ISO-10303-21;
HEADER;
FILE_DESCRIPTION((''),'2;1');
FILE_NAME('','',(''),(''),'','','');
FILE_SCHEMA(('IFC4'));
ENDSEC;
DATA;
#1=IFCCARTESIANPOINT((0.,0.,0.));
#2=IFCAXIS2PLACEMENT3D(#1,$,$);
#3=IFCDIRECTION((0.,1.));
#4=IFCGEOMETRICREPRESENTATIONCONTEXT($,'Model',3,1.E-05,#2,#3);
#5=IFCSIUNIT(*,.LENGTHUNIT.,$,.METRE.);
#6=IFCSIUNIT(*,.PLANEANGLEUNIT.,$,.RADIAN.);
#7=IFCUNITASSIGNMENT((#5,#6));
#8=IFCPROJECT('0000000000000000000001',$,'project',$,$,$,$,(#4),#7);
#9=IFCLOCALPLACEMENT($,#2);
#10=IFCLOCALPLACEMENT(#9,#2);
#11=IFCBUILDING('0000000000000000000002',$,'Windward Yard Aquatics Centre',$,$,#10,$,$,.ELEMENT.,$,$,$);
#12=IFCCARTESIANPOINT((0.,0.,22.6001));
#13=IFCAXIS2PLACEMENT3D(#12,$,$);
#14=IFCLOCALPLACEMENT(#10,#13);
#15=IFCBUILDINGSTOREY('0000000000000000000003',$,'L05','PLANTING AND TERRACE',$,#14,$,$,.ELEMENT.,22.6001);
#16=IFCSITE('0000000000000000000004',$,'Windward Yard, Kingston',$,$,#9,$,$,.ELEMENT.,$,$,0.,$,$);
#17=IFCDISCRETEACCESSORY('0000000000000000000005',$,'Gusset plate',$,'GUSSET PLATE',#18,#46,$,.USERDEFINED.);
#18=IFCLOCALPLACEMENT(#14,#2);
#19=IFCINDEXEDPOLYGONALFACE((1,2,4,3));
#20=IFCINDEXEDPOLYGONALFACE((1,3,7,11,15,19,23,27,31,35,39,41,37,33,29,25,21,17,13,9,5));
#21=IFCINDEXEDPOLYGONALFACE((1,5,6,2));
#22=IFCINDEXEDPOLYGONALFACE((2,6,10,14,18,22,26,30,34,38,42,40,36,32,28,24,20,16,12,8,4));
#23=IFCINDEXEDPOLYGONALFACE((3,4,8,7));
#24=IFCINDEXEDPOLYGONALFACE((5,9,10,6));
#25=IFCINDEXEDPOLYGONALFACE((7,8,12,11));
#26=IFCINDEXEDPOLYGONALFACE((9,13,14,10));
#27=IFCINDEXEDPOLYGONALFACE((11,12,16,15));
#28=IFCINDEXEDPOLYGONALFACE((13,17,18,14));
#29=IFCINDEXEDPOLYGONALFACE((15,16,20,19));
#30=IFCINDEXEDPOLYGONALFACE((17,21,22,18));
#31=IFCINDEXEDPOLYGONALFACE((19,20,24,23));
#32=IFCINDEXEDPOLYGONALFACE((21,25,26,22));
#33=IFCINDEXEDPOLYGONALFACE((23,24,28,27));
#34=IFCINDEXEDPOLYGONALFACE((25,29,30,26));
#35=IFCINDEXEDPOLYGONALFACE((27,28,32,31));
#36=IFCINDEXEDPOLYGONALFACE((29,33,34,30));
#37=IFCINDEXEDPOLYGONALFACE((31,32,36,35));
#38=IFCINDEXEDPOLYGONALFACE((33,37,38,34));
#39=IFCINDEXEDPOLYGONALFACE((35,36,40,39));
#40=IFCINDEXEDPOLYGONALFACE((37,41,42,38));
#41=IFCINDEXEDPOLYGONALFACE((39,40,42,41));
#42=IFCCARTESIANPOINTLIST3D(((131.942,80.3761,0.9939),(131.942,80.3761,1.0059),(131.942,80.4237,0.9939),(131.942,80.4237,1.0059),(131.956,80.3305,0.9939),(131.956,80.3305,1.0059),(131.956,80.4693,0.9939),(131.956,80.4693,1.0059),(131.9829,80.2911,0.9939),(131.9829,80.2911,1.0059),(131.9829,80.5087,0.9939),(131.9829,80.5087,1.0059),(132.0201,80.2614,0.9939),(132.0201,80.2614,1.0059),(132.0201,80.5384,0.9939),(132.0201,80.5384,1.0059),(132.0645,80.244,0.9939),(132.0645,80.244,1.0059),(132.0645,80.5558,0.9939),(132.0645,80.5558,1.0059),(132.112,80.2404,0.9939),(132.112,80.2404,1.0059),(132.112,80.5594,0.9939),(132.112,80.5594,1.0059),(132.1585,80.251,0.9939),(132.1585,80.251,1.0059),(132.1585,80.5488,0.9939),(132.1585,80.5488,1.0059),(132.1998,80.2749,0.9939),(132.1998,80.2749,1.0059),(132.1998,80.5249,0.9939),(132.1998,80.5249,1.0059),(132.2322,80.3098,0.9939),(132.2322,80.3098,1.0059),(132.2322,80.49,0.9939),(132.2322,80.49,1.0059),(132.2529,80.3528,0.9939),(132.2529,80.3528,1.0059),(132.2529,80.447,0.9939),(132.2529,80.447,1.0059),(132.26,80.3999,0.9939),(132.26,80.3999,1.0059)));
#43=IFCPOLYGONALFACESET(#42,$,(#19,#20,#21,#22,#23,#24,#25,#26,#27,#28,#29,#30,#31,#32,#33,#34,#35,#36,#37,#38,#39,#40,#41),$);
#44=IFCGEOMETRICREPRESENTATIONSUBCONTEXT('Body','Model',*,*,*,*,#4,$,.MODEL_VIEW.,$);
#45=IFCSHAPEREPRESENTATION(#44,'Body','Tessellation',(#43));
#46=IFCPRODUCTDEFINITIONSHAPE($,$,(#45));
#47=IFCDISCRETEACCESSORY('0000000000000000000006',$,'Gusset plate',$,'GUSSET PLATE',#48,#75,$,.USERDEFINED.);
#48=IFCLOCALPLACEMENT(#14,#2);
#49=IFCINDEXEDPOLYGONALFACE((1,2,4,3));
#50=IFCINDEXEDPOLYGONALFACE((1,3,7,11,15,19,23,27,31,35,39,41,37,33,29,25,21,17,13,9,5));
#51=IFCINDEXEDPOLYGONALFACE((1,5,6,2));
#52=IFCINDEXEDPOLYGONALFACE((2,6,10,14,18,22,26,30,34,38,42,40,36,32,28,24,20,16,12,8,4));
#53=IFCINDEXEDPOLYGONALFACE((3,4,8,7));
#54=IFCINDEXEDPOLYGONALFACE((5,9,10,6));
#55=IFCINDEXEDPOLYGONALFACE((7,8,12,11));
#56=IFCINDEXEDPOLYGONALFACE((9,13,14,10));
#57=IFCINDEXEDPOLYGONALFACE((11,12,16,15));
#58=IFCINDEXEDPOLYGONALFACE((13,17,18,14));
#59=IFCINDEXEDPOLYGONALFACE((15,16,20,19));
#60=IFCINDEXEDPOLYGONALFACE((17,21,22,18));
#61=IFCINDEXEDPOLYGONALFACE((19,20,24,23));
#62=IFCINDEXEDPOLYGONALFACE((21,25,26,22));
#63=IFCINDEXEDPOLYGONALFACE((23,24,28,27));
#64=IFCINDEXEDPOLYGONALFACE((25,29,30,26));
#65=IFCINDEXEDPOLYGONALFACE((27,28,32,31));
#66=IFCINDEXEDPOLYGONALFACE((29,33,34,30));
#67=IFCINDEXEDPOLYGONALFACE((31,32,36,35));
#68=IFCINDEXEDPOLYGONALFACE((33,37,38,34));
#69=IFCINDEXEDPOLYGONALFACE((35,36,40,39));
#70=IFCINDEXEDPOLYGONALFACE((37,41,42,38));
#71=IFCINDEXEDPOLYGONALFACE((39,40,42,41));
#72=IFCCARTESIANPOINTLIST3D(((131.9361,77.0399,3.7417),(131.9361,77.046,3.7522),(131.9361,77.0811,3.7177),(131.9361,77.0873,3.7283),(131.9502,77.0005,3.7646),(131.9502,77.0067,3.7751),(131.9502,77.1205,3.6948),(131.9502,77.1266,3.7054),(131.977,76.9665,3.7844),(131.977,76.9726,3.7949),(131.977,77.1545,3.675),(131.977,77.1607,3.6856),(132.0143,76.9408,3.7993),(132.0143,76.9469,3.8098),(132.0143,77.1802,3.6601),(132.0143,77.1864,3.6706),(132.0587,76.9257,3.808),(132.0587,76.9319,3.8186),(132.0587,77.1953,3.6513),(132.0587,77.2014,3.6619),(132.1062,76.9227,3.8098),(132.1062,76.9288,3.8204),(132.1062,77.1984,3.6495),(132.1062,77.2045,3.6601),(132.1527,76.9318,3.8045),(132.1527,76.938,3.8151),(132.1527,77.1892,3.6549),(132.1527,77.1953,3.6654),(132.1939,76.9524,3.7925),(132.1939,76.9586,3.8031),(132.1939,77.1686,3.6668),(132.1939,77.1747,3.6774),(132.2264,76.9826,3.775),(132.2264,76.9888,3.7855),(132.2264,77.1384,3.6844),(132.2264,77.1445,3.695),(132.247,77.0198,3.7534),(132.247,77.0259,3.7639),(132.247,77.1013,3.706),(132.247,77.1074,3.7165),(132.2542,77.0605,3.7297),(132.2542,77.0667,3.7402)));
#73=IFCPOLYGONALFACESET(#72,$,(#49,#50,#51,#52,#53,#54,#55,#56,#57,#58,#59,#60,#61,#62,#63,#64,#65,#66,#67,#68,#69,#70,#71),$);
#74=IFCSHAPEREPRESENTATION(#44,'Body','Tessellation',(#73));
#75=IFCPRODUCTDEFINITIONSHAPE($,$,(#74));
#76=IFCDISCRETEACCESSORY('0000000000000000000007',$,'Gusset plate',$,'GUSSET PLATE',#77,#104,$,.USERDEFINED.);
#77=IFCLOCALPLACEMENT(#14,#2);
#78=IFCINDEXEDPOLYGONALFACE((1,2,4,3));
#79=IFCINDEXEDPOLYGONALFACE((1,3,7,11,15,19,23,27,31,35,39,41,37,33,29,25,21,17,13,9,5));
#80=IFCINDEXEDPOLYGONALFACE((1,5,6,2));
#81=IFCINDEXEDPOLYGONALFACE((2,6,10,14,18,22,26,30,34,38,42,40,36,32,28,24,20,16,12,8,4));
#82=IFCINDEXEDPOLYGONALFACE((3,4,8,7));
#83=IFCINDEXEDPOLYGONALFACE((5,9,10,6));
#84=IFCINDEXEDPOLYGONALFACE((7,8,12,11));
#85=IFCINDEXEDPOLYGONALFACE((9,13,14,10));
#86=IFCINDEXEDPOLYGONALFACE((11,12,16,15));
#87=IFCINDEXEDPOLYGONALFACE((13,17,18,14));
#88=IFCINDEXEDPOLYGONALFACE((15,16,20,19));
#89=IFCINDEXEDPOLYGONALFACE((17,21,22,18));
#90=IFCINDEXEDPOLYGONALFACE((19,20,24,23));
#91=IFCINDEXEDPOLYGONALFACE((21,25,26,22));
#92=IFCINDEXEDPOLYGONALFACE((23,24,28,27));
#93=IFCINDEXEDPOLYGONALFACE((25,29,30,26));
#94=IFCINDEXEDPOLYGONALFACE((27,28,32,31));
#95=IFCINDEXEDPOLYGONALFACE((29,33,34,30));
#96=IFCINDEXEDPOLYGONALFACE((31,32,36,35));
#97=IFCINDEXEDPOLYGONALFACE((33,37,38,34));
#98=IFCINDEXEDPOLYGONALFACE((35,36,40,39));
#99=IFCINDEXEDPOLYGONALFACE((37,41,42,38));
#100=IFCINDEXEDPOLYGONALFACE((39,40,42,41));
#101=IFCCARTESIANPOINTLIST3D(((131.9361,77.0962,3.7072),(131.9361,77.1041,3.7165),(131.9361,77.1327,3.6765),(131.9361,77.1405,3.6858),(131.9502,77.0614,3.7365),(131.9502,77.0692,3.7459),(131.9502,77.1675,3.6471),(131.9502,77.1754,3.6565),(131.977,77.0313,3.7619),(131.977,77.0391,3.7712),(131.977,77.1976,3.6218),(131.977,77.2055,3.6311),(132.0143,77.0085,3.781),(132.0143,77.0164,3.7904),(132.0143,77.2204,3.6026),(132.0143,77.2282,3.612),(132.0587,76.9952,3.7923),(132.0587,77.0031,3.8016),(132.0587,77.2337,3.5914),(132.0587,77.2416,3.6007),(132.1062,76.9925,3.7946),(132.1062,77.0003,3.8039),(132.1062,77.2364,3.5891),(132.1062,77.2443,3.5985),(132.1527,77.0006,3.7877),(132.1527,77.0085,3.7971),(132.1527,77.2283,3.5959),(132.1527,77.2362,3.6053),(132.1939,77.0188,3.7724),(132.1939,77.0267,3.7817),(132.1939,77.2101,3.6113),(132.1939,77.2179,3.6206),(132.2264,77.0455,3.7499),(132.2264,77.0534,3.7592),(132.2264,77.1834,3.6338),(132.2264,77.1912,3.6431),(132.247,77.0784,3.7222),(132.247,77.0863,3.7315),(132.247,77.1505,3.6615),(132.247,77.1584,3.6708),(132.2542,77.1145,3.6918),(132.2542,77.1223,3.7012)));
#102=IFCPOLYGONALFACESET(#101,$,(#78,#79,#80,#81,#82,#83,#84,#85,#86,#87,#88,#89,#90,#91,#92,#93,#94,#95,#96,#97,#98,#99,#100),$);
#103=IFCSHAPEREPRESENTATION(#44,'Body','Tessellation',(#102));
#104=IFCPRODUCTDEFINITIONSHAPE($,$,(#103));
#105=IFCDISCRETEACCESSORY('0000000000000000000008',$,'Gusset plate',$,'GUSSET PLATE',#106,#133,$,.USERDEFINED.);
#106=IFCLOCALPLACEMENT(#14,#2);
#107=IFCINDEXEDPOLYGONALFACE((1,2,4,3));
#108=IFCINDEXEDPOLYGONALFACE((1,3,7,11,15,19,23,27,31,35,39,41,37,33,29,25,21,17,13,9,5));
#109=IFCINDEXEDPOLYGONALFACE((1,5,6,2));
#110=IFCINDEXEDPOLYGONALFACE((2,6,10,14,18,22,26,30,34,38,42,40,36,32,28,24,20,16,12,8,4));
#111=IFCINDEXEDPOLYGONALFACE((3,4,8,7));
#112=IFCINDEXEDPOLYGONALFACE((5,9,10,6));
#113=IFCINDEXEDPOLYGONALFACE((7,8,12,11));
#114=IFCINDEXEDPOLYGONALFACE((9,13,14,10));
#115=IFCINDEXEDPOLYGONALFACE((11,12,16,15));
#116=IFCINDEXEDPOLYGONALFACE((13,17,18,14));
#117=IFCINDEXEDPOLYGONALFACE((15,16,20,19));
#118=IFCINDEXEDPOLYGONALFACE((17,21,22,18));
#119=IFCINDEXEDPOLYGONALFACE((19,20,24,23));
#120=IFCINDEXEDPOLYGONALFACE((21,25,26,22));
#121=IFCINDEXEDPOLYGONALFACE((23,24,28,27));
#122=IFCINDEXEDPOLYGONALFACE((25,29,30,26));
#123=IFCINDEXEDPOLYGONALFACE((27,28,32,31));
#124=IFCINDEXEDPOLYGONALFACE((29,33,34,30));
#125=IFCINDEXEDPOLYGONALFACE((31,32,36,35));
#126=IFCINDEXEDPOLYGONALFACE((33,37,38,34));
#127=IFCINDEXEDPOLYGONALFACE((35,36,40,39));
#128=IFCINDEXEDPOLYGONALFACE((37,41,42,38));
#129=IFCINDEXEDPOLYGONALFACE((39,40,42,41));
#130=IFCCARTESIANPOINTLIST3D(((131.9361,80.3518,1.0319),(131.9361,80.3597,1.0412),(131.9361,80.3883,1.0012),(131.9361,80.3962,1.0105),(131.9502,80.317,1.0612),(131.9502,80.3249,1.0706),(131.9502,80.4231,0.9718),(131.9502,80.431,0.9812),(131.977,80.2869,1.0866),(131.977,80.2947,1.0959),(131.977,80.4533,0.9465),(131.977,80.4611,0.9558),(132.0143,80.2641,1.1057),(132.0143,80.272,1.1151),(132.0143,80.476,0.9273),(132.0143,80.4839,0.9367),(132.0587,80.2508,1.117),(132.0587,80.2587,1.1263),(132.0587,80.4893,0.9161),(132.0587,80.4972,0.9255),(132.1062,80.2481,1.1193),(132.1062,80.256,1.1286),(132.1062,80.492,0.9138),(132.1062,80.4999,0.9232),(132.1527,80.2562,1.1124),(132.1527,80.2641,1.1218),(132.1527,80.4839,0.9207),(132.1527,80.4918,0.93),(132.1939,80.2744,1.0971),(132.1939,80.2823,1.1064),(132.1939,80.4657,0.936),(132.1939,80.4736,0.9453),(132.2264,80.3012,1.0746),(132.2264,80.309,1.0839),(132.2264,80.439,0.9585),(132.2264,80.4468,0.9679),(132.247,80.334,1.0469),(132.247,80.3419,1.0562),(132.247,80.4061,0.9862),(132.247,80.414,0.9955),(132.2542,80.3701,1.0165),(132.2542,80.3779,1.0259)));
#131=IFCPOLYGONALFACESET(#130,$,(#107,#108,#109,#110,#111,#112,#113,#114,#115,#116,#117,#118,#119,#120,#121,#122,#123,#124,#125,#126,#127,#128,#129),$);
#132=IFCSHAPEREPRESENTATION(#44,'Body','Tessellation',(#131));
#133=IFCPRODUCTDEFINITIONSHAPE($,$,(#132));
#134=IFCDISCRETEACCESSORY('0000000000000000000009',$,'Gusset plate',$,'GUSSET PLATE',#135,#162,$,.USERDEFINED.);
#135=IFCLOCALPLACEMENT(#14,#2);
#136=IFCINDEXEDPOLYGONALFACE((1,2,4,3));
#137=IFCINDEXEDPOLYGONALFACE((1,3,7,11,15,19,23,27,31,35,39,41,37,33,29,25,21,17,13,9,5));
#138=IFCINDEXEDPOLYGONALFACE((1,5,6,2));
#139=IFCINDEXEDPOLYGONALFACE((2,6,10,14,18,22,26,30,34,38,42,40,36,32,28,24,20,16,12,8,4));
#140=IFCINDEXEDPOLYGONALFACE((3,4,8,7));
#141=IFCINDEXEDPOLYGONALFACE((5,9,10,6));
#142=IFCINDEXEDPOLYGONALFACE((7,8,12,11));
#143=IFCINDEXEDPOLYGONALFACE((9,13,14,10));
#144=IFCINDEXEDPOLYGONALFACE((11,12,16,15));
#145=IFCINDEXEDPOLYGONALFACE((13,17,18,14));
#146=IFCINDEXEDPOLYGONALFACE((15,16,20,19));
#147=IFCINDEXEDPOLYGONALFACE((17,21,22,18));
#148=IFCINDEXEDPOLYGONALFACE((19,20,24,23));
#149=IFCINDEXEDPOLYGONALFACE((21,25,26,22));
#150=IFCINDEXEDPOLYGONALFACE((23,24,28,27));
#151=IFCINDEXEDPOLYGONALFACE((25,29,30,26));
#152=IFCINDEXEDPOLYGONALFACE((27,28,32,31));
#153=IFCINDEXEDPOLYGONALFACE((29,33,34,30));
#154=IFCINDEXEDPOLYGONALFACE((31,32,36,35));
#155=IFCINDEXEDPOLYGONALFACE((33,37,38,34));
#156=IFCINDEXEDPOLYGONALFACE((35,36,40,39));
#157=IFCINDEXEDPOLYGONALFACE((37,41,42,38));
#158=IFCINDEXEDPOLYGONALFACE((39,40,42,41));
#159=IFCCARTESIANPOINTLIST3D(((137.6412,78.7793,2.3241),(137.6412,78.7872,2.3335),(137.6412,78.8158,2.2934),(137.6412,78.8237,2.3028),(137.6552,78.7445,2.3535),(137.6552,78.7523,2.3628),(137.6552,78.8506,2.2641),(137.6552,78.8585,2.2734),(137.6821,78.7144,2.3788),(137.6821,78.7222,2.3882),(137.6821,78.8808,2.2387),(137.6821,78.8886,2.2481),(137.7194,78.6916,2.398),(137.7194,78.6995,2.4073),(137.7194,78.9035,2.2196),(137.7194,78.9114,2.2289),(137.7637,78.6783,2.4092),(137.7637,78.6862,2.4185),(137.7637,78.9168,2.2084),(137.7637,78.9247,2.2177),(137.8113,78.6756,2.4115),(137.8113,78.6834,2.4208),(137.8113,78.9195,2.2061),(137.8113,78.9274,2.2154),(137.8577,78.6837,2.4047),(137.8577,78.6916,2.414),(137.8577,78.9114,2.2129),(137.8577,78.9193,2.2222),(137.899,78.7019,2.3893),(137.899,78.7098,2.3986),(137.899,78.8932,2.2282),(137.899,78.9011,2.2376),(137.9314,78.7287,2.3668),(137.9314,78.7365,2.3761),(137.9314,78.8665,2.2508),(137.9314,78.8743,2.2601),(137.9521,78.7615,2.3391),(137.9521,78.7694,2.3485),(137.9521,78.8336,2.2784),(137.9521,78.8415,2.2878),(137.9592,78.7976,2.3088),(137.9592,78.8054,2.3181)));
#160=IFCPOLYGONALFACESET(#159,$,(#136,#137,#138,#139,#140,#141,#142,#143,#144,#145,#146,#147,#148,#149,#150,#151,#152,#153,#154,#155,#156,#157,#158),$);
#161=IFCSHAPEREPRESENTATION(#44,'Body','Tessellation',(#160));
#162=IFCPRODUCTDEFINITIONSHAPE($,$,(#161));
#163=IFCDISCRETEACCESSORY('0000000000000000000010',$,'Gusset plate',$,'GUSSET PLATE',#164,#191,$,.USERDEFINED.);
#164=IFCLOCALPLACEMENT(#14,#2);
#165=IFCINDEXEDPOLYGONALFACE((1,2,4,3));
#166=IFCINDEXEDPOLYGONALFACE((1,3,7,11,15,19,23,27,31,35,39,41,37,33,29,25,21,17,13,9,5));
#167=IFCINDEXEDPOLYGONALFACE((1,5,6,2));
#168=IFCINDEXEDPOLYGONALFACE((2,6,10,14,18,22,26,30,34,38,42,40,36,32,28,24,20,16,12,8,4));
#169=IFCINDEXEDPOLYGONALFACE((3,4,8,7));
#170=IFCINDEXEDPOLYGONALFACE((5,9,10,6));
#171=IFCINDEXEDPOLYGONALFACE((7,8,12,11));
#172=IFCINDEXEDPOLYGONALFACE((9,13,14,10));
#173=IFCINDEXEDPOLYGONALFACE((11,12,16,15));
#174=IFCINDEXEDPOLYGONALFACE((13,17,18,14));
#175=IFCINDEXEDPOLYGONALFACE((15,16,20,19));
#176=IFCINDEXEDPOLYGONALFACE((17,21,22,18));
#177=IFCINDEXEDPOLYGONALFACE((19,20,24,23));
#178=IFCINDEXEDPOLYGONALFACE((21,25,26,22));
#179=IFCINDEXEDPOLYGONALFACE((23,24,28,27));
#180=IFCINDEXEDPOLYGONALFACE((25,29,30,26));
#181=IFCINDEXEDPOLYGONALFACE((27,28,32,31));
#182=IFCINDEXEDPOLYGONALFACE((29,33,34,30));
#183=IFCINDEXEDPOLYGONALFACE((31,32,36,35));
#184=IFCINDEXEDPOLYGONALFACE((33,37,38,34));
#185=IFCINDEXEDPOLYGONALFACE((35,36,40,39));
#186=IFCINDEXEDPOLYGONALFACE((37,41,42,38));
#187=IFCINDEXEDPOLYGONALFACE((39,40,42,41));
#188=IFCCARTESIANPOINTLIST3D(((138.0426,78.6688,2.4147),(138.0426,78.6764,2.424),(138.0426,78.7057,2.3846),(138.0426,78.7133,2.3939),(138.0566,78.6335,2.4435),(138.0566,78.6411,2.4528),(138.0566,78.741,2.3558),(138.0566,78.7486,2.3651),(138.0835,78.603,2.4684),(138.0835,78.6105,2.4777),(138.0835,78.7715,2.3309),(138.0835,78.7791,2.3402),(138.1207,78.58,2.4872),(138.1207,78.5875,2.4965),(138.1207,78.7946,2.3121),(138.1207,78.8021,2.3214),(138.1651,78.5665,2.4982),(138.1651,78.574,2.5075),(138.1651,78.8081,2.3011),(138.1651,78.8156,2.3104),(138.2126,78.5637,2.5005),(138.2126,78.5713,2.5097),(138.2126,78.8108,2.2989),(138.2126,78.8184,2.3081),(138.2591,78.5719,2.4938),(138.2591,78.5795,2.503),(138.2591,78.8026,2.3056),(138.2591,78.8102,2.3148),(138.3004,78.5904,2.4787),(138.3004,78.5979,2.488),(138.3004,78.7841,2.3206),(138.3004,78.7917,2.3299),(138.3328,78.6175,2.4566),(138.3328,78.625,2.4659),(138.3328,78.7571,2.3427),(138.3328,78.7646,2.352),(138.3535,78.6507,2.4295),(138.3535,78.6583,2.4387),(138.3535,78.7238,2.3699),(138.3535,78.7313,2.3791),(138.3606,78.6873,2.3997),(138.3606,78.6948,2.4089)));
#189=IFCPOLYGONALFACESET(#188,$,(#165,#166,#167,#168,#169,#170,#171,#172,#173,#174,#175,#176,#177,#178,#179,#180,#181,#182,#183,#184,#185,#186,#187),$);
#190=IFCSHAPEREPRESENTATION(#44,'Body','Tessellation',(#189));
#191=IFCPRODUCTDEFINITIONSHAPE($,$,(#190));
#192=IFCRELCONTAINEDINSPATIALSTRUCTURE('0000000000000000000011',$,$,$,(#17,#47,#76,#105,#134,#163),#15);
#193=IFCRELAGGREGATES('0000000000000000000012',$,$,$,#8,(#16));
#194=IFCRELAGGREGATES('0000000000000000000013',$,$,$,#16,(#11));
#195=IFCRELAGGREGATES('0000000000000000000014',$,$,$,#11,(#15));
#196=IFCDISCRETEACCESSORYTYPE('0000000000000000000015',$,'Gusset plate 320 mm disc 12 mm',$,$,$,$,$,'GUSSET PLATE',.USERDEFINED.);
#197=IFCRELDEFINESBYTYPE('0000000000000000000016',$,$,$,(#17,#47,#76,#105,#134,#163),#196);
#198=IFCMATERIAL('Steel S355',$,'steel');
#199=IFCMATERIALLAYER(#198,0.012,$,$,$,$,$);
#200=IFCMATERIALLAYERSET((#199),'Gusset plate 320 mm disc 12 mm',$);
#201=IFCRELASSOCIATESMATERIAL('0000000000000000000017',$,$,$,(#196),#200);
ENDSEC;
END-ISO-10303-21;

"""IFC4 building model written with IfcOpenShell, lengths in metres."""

from ifc_helpers import new_model, si_unit, direction, frame, origin, origin_2d, place, context, subcontext, project, spatial, circle, extrude, material, layer, layer_set, type_object, element, save


model = new_model("IFC4")

# Units and contexts
model_context = context("Model", 3, precision=1e-05, world=origin(), true_north=direction((0.0, 1.0)))
body_context = subcontext(model_context, "Body", "Model", "MODEL_VIEW")
ifc_project = project(units=[si_unit("LENGTHUNIT", "METRE"), si_unit("PLANEANGLEUNIT", "RADIAN")], contexts=[model_context])

# Site, building, storey
site_placement = place(None, origin())
site = spatial("IfcSite", under=ifc_project, at=site_placement, Name="Windward Yard, Kingston", CompositionType="ELEMENT", RefElevation=0.0)
building_placement = place(site_placement, origin())
building = spatial("IfcBuilding", under=site, at=building_placement, Name="Windward Yard Aquatics Centre", CompositionType="ELEMENT")
storey_placement = place(building_placement, frame((0.0, 0.0, 22.6001)))
storey = spatial("IfcBuildingStorey", under=building, at=storey_placement, Name="L05", Description="PLANTING AND TERRACE", CompositionType="ELEMENT", Elevation=22.6001)

# Discrete accessories
ifc_material_1 = material(Name="Steel S355", Category="steel")
ifc_layer = layer(ifc_material_1, 0.012)
ifc_layer_set = layer_set([ifc_layer], Name="Gusset plate 320 mm disc 12 mm")
discrete_accessory_type = type_object("IfcDiscreteAccessoryType", Name="Gusset plate 320 mm disc 12 mm", ElementType="GUSSET PLATE", PredefinedType="USERDEFINED", material=ifc_layer_set)
for number, where, z_axis, x_axis, name in (
    (1, (132.1001, 80.3999, 0.9939), (0.0, 0.0, 1.0), (1.0, 0.0, 0.0), "Gusset plate"),
):
    element("IfcDiscreteAccessory", number, at=place(storey_placement, frame(where, z_axis=z_axis, x_axis=x_axis)), inside=storey, type_object=discrete_accessory_type, Name=name, ObjectType="GUSSET PLATE", PredefinedType="USERDEFINED", context=body_context, shape_type="SweptSolid", body=[
        extrude(circle(Radius=0.1599, at=origin_2d()), origin(), (0.0, 0.0, 1.0), 0.012),
    ])
for number, where, z_axis, x_axis, name in (
    (2, (132.0942, 77.0667, 3.7402), (0.0, -0.50262, -0.864507), (1.0, 0.0, 0.0), "Gusset plate"),
    (3, (132.0942, 77.1223, 3.7012), (0.0, -0.644136, -0.764911), (1.0, 0.0, 0.0), "Gusset plate"),
    (4, (132.0942, 80.3779, 1.0259), (0.0, -0.644136, -0.764911), (1.0, 0.0, 0.0), "Gusset plate"),
    (5, (137.7993, 78.8054, 2.3181), (0.0, -0.644136, -0.764911), (1.0, 0.0, 0.0), "Gusset plate"),
):
    element("IfcDiscreteAccessory", number, at=place(storey_placement, frame(where, z_axis=z_axis, x_axis=x_axis)), inside=storey, type_object=discrete_accessory_type, Name=name, ObjectType="GUSSET PLATE", PredefinedType="USERDEFINED", context=body_context, shape_type="SweptSolid", body=[
        extrude(circle(Radius=0.1599, at=origin_2d()), origin(), (0.0, 0.0, 1.0), 0.0122),
    ])
for number, where, z_axis, x_axis, name in (
    (6, (138.2007, 78.6948, 2.4089), (0.0, -0.632127, -0.774865), (1.0, 0.0, 0.0), "Gusset plate"),
):
    element("IfcDiscreteAccessory", number, at=place(storey_placement, frame(where, z_axis=z_axis, x_axis=x_axis)), inside=storey, type_object=discrete_accessory_type, Name=name, ObjectType="GUSSET PLATE", PredefinedType="USERDEFINED", context=body_context, shape_type="SweptSolid", body=[
        extrude(circle(Radius=0.1599, at=origin_2d()), origin(), (0.0, 0.0, 1.0), 0.012),
    ])

save(model, "model.ifc")
